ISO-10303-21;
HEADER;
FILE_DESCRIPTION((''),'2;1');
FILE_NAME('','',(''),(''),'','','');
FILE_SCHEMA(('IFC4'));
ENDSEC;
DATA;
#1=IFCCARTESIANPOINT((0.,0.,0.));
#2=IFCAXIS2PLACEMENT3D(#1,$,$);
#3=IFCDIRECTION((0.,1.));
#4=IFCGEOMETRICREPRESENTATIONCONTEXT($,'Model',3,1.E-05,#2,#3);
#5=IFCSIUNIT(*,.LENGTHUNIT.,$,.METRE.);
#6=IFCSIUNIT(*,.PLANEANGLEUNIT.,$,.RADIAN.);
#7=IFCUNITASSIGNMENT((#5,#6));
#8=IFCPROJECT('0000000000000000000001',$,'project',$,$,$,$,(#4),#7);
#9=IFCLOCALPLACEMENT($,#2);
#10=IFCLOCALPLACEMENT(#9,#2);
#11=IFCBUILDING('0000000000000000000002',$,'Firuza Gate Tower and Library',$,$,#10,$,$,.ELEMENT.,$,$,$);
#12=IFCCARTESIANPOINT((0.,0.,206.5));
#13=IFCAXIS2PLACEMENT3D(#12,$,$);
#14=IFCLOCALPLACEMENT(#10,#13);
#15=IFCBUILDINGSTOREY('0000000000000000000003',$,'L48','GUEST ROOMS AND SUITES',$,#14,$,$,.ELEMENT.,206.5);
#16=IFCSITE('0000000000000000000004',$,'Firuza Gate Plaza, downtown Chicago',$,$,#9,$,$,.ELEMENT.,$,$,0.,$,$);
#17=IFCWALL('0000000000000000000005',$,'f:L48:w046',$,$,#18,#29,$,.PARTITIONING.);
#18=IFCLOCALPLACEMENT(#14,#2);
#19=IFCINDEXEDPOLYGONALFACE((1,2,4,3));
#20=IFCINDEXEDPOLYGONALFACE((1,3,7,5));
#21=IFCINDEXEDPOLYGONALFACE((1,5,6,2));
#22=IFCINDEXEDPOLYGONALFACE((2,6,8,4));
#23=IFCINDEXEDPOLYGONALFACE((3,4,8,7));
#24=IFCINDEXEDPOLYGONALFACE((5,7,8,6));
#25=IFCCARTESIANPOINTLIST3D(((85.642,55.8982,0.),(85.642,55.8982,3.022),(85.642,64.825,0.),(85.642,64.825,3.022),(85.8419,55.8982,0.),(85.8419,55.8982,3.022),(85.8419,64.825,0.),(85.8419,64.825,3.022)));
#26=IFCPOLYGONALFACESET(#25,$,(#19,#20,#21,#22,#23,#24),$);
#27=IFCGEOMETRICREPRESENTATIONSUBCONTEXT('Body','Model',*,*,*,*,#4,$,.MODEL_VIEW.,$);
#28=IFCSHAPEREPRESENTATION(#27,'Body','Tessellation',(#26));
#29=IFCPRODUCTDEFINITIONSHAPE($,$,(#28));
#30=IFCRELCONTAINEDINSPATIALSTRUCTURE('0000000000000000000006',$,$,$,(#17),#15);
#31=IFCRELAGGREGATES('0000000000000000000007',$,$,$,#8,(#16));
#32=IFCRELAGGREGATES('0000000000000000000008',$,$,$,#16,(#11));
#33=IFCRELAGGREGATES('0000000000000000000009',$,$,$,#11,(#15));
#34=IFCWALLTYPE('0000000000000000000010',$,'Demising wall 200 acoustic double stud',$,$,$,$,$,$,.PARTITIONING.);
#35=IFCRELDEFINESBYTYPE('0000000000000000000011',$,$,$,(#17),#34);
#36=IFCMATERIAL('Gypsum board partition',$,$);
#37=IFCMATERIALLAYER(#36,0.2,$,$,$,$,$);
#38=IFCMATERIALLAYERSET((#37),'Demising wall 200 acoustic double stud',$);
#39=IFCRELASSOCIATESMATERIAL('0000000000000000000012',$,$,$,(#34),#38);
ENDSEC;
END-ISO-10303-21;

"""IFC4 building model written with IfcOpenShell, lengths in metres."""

from ifc_helpers import new_model, si_unit, direction, frame, frame_2d, origin, place, context, subcontext, project, spatial, rectangle, extrude, material, layer, layer_set, type_object, element, save


model = new_model("IFC4")

# Units and contexts
model_context = context("Model", 3, precision=1e-05, world=origin(), true_north=direction((0.0, 1.0)))
body_context = subcontext(model_context, "Body", "Model", "MODEL_VIEW")
ifc_project = project(units=[si_unit("LENGTHUNIT", "METRE"), si_unit("PLANEANGLEUNIT", "RADIAN")], contexts=[model_context])

# Site, building, storey
site_placement = place(None, origin())
site = spatial("IfcSite", under=ifc_project, at=site_placement, Name="Firuza Gate Plaza, downtown Chicago", CompositionType="ELEMENT", RefElevation=0.0)
building_placement = place(site_placement, origin())
building = spatial("IfcBuilding", under=site, at=building_placement, Name="Firuza Gate Tower and Library", CompositionType="ELEMENT")
storey_placement = place(building_placement, frame((0.0, 0.0, 206.5)))
storey = spatial("IfcBuildingStorey", under=building, at=storey_placement, Name="L48", Description="GUEST ROOMS AND SUITES", CompositionType="ELEMENT", Elevation=206.5)

# Wall
ifc_material_1 = material(Name="Gypsum board partition")
ifc_layer_1 = layer(ifc_material_1, 0.2)
ifc_layer_set_1 = layer_set([ifc_layer_1], Name="Demising wall 200 acoustic double stud")
wall_type = type_object("IfcWallType", Name="Demising wall 200 acoustic double stud", PredefinedType="PARTITIONING", material=ifc_layer_set_1)
wall_1_placement = place(storey_placement, frame((85.7419, 55.8982, 0.0), z_axis=(0.0, 0.0, 1.0), x_axis=(0.0, 1.0, 0.0)))
element("IfcWall", 1, at=wall_1_placement, inside=storey, type_object=wall_type, Name="f:L48:w046", PredefinedType="PARTITIONING", context=body_context, shape_type="SweptSolid", body=[
    extrude(rectangle(XDim=8.9268, YDim=0.2, at=frame_2d((4.4634, 0.0))), origin(), (0.0, 0.0, 1.0), 3.022),
])

save(model, "model.ifc")
